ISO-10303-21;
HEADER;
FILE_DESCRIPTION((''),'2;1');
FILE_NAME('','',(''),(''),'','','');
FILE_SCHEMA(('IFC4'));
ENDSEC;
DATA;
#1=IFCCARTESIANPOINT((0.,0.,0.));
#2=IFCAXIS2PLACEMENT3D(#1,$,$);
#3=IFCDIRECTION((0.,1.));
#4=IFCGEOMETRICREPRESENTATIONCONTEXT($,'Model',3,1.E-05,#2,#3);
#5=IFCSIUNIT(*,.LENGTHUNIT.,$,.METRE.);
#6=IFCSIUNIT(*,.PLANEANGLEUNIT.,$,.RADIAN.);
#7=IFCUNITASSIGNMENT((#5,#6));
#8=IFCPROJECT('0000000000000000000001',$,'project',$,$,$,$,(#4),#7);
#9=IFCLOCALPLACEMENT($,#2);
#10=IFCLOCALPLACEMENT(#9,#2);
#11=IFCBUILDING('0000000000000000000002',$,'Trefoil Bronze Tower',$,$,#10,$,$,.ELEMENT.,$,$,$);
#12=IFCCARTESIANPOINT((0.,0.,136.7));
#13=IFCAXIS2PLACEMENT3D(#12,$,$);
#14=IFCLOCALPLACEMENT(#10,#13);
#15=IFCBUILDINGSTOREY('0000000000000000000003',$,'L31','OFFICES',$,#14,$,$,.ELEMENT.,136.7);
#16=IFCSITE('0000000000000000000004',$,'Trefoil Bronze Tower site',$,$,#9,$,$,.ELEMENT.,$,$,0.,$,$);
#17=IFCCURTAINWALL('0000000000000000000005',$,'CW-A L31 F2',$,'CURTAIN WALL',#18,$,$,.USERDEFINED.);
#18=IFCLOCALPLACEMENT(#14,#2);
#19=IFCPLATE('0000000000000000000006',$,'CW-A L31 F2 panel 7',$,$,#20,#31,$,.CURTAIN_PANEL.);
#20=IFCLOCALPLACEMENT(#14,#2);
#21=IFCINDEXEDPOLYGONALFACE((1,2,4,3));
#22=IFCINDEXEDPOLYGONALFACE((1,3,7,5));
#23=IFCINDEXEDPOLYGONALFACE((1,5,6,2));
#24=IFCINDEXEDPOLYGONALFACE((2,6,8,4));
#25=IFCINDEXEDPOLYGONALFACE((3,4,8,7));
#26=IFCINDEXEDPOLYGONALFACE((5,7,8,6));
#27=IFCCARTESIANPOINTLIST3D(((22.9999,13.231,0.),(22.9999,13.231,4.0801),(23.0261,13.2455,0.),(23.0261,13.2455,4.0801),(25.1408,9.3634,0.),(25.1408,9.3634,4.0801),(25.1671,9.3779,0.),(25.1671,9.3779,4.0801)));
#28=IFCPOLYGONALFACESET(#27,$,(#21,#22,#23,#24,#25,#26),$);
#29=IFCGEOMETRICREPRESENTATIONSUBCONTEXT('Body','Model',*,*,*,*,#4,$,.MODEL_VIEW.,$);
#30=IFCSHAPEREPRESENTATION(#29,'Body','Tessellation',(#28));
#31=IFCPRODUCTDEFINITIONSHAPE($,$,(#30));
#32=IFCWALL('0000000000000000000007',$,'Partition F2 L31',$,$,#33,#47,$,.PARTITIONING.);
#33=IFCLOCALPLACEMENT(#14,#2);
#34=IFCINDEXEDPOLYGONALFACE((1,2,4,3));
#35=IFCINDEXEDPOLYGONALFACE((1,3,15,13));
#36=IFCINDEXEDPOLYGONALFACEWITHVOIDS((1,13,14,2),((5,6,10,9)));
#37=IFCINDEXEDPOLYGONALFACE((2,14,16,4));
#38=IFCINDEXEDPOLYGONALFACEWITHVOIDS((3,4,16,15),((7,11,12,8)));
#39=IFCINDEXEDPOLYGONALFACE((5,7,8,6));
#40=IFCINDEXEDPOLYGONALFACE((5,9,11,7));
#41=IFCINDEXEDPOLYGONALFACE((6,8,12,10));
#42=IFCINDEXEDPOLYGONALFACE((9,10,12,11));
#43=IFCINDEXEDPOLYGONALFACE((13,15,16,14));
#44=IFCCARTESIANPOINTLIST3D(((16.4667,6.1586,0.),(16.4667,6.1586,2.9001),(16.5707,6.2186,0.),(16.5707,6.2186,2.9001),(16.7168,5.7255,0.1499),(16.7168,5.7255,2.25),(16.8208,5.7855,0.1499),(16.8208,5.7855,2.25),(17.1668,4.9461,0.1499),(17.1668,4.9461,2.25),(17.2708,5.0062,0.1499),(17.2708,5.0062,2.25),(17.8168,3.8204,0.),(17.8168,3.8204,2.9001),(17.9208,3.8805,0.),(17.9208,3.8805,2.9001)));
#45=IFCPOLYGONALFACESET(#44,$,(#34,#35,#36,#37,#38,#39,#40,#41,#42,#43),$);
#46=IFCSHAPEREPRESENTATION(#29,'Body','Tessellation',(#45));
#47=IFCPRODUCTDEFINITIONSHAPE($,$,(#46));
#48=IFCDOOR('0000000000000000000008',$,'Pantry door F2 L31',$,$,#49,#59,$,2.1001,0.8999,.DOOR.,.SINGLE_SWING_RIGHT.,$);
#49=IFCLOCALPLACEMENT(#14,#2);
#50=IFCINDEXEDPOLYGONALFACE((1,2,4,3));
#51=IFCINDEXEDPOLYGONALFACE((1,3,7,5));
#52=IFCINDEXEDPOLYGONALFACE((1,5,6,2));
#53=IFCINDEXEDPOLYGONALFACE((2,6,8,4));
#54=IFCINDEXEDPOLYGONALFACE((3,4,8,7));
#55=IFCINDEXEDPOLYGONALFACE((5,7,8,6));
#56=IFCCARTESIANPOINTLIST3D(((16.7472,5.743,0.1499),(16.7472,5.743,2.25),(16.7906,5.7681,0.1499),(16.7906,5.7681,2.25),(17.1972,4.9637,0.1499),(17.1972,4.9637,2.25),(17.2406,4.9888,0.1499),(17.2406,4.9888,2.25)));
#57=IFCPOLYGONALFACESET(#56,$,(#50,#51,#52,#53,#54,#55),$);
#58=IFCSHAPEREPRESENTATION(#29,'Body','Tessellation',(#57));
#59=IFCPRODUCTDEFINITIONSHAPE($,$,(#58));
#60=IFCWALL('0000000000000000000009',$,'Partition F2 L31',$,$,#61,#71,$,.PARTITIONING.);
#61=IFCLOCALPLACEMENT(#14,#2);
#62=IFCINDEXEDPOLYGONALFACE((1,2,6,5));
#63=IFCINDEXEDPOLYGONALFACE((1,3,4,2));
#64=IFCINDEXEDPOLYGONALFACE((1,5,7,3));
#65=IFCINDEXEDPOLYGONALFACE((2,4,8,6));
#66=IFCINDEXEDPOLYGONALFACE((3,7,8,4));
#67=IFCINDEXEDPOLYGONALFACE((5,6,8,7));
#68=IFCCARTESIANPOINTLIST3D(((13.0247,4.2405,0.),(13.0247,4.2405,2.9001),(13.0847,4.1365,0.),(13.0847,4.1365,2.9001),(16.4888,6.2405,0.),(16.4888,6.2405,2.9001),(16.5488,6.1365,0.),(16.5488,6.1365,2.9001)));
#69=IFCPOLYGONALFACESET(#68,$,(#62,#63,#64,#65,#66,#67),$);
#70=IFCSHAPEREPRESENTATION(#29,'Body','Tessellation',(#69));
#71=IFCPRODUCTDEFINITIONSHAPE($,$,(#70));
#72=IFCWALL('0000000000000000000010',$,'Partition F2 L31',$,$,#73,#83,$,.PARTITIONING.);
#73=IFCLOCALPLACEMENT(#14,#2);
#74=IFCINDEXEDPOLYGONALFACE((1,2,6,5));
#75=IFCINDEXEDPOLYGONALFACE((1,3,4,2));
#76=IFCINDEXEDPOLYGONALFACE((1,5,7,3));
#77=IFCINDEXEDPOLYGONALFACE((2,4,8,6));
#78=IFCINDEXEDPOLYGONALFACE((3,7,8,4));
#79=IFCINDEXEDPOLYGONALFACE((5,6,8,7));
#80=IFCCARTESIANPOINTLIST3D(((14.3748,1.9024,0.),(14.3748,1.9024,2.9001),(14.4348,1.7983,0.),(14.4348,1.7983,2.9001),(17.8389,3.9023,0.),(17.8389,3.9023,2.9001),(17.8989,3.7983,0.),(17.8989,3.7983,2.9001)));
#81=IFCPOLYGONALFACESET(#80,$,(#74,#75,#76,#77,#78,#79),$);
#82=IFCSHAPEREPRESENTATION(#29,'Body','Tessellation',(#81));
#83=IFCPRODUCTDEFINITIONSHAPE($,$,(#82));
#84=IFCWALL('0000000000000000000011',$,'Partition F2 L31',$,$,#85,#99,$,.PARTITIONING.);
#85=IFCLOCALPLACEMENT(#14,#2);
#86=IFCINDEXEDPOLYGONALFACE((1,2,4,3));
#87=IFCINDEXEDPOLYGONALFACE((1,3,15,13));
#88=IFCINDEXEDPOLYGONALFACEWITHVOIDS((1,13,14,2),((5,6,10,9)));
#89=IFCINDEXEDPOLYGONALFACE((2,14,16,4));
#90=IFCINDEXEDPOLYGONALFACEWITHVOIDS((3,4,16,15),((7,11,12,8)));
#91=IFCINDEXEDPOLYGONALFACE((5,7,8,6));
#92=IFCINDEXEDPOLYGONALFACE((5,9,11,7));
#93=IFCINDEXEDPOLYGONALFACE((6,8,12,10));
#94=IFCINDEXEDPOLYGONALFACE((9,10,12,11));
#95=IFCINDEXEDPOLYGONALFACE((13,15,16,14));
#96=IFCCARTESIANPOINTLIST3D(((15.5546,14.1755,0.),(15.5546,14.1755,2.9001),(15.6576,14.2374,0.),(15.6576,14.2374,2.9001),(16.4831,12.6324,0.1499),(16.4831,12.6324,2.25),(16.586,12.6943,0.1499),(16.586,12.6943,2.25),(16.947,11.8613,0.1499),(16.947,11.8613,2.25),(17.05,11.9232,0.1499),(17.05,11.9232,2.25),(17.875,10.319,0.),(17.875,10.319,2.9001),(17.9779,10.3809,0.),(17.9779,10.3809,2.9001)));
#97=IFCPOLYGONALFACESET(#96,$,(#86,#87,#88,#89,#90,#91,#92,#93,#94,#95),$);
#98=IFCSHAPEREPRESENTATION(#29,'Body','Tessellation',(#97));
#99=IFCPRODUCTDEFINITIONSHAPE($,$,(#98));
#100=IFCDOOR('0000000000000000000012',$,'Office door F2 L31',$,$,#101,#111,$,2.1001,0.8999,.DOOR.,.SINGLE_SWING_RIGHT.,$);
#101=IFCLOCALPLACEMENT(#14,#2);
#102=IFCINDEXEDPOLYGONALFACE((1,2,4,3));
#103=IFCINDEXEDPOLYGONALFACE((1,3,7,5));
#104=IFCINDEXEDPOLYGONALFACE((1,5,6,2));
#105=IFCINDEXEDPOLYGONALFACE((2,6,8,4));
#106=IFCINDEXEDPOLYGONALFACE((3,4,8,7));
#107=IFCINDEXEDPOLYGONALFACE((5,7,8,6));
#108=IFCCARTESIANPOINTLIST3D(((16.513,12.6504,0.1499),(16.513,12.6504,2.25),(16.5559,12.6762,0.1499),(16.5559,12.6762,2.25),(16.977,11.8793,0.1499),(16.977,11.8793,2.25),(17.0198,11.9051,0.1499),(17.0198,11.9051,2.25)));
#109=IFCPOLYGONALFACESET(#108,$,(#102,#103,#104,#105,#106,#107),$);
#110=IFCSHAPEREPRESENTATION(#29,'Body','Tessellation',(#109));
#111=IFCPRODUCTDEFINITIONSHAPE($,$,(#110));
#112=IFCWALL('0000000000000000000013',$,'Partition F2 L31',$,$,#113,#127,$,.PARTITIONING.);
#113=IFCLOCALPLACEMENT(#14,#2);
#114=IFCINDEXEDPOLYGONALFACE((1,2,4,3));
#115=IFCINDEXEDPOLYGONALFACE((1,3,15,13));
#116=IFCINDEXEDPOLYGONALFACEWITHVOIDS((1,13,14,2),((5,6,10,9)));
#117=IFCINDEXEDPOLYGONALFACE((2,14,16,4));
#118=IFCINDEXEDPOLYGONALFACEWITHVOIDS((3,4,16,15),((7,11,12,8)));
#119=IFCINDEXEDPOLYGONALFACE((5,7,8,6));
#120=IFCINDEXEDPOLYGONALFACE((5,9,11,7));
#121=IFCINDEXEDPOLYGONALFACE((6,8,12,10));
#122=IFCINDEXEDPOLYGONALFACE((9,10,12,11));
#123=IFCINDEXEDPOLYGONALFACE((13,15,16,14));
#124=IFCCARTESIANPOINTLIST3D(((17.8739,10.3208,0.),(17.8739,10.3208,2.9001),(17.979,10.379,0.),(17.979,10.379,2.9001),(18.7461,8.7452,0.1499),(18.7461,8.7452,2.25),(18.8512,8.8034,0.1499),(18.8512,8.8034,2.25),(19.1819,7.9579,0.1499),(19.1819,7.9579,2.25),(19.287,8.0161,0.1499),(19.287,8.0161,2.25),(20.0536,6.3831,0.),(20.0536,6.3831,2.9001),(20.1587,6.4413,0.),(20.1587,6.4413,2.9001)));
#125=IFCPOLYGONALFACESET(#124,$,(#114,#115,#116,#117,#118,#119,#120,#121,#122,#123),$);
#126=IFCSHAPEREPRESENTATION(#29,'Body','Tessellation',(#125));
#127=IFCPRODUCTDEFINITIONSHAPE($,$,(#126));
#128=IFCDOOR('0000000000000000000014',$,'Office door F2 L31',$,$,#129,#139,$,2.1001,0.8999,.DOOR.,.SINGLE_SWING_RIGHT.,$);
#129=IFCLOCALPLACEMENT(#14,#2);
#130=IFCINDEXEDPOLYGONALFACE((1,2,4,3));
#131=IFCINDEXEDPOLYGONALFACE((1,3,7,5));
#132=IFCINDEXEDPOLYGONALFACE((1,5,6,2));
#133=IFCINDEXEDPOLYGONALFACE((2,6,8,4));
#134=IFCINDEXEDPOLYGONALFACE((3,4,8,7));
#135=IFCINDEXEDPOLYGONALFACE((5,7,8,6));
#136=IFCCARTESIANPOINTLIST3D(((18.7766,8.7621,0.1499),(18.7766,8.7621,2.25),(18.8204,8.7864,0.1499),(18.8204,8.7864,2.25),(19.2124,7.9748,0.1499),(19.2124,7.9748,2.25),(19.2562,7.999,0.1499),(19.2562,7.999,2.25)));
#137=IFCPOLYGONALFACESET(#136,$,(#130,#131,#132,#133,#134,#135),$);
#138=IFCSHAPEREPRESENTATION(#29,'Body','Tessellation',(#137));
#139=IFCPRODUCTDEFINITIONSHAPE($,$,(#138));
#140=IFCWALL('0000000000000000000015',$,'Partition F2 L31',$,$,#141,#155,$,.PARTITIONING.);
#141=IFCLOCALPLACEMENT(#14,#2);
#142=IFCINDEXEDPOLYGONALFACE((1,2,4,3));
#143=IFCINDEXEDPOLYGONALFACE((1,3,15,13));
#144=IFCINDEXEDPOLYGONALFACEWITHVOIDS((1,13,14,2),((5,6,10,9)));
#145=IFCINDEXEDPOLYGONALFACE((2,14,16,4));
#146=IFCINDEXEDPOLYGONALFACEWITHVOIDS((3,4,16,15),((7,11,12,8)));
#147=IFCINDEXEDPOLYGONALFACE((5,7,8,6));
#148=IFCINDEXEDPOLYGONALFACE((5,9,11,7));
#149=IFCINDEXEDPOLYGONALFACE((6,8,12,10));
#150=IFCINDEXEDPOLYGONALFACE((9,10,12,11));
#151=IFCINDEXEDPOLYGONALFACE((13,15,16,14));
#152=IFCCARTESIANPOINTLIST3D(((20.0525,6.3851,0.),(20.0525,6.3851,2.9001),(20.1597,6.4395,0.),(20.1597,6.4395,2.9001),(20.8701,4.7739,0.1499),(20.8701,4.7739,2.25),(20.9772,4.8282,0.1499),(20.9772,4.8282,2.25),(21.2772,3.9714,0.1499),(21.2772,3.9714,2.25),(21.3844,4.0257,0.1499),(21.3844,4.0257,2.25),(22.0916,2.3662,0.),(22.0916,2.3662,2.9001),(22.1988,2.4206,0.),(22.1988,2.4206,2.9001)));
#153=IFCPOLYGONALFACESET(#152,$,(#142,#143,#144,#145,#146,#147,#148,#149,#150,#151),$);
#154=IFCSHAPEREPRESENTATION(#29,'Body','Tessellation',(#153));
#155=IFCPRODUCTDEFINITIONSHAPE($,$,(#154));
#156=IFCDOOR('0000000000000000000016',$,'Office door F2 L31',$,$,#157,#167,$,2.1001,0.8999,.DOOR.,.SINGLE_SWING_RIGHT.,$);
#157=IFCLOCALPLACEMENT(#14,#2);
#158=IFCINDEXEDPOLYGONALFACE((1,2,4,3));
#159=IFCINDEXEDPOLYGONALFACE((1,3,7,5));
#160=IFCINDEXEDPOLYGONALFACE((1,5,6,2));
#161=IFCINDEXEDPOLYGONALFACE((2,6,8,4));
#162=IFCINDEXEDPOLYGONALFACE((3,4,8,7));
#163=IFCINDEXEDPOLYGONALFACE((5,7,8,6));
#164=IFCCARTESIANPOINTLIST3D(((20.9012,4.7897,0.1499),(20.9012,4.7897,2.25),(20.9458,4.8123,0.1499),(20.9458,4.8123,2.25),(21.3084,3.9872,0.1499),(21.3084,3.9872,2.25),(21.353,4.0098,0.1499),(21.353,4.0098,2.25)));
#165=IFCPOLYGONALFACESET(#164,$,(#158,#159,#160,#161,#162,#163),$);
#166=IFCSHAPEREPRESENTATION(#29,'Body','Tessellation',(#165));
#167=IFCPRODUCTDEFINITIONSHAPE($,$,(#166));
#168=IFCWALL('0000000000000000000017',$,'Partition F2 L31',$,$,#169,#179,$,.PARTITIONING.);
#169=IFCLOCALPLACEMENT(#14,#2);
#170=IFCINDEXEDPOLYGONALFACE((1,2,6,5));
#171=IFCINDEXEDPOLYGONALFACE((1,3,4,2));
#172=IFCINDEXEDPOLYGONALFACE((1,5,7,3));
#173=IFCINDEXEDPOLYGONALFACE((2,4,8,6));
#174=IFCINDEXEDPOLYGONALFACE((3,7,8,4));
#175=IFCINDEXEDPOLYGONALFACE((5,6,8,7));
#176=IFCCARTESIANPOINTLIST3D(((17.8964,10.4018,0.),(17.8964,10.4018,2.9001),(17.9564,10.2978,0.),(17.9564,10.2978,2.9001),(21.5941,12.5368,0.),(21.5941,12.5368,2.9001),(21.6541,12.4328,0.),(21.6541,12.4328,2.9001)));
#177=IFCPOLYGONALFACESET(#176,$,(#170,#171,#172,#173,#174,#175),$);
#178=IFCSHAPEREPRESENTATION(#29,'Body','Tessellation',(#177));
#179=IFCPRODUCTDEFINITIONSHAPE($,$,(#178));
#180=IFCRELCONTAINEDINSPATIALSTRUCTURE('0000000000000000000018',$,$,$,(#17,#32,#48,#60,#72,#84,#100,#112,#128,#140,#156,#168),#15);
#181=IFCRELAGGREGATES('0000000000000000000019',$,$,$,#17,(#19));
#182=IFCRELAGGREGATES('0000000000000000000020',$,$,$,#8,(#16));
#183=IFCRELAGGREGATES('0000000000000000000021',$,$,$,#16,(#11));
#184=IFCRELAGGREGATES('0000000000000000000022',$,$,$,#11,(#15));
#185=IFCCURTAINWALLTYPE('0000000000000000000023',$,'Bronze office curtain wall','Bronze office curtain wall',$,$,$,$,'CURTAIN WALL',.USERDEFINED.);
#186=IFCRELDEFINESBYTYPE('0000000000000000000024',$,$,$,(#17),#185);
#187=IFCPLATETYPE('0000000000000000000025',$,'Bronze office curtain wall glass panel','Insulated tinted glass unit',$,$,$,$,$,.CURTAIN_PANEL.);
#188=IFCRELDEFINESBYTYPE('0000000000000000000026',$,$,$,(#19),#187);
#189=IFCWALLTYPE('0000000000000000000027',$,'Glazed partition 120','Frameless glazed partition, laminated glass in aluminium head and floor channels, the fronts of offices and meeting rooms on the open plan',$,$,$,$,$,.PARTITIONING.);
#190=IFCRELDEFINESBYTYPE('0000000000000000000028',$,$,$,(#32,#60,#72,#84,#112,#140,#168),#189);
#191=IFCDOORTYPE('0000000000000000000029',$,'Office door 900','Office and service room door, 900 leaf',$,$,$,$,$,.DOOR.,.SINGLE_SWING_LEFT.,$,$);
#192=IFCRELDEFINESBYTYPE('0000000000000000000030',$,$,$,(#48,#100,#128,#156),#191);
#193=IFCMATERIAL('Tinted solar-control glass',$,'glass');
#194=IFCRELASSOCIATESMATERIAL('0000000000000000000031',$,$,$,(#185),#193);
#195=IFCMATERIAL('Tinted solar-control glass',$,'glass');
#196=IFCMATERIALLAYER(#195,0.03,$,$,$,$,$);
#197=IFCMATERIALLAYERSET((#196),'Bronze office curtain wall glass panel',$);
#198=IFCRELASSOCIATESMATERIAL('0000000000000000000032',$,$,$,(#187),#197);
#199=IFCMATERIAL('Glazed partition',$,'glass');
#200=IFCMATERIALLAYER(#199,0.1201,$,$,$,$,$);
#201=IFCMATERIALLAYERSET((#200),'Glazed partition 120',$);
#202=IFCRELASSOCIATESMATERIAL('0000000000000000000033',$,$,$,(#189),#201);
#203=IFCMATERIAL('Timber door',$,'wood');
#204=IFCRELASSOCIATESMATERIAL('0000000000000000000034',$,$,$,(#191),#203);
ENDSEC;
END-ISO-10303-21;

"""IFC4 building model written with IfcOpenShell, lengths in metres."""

from ifc_helpers import new_model, si_unit, direction, frame, frame_2d, origin, origin_2d, place, context, subcontext, project, spatial, rectangle, extrude, material, layer, layer_set, type_object, element, fill, aggregate, save


model = new_model("IFC4")

# Units and contexts
model_context = context("Model", 3, precision=1e-05, world=origin(), true_north=direction((0.0, 1.0)))
body_context = subcontext(model_context, "Body", "Model", "MODEL_VIEW")
ifc_project = project(units=[si_unit("LENGTHUNIT", "METRE"), si_unit("PLANEANGLEUNIT", "RADIAN")], contexts=[model_context])

# Site, building, storey
site_placement = place(None, origin())
site = spatial("IfcSite", under=ifc_project, at=site_placement, Name="Trefoil Bronze Tower site", CompositionType="ELEMENT", RefElevation=0.0)
building_placement = place(site_placement, origin())
building = spatial("IfcBuilding", under=site, at=building_placement, Name="Trefoil Bronze Tower", CompositionType="ELEMENT")
storey_placement = place(building_placement, frame((0.0, 0.0, 136.7)))
storey = spatial("IfcBuildingStorey", under=building, at=storey_placement, Name="L31", Description="OFFICES", CompositionType="ELEMENT", Elevation=136.7)

# Curtain wall, plate
ifc_material_1 = material(Name="Tinted solar-control glass", Category="glass")
curtain_wall_type = type_object("IfcCurtainWallType", Name="Bronze office curtain wall", Description="Bronze office curtain wall", ElementType="CURTAIN WALL", PredefinedType="USERDEFINED", material=ifc_material_1)
curtain_wall_placement = place(storey_placement, origin())
curtain_wall = element("IfcCurtainWall", 1, at=curtain_wall_placement, inside=storey, type_object=curtain_wall_type, Name="CW-A L31 F2", ObjectType="CURTAIN WALL", PredefinedType="USERDEFINED")
ifc_material_2 = material(Name="Tinted solar-control glass", Category="glass")
ifc_layer_1 = layer(ifc_material_2, 0.03)
ifc_layer_set_1 = layer_set([ifc_layer_1], Name="Bronze office curtain wall glass panel")
plate_type = type_object("IfcPlateType", Name="Bronze office curtain wall glass panel", Description="Insulated tinted glass unit", PredefinedType="CURTAIN_PANEL", material=ifc_layer_set_1)
plate_placement = place(storey_placement, frame((24.0835, 11.3044, 0.0), z_axis=(0.0, 0.0, 1.0), x_axis=(-0.484312, 0.874895, 0.0)))
plate = element("IfcPlate", 2, at=plate_placement, type_object=plate_type, Name="CW-A L31 F2 panel 7", PredefinedType="CURTAIN_PANEL", context=body_context, shape_type="SweptSolid", body=[
    extrude(rectangle(XDim=4.4207, YDim=0.03, at=origin_2d()), origin(), (0.0, 0.0, 1.0), 4.0801),
])
aggregate(curtain_wall, [plate])

# Wall, opening, door
ifc_material_3 = material(Name="Glazed partition", Category="glass")
ifc_layer_2 = layer(ifc_material_3, 0.1201)
ifc_layer_set_2 = layer_set([ifc_layer_2], Name="Glazed partition 120")
wall_type = type_object("IfcWallType", Name="Glazed partition 120", Description="Frameless glazed partition, laminated glass in aluminium head and floor channels, the fronts of offices and meeting rooms on the open plan", PredefinedType="PARTITIONING", material=ifc_layer_set_2)
wall_1_placement = place(storey_placement, frame((17.8689, 3.8503, 0.0), z_axis=(0.0, 0.0, 1.0), x_axis=(-0.500049, 0.865997, 0.0)))
wall_1 = element("IfcWall", 3, at=wall_1_placement, inside=storey, type_object=wall_type, Name="Partition F2 L31", PredefinedType="PARTITIONING", context=body_context, shape_type="SweptSolid", body=[
    extrude(rectangle(XDim=2.7, YDim=0.1201, at=frame_2d((1.3501, 0.0))), origin(), (0.0, 0.0, 1.0), 2.9001),
])
opening_1_placement = place(wall_1_placement, frame((1.3, 0.0, 0.1499)))
opening_1 = element("IfcOpeningElement", 4, at=opening_1_placement, cuts=wall_1, PredefinedType="OPENING", context=body_context, shape_type="SweptSolid", body=[
    extrude(rectangle(XDim=0.8999, YDim=2.1001, at=frame_2d((0.45, 1.05))), frame((0.0, 0.0701, 0.0), z_axis=(0.0, -1.0, 0.0), x_axis=(1.0, 0.0, 0.0)), (0.0, 0.0, 1.0), 0.1401),
])
ifc_material_4 = material(Name="Timber door", Category="wood")
door_type = type_object("IfcDoorType", Name="Office door 900", Description="Office and service room door, 900 leaf", OperationType="SINGLE_SWING_LEFT", PredefinedType="DOOR", material=ifc_material_4)
door_1_placement = place(opening_1_placement, origin())
door_1 = element("IfcDoor", 5, at=door_1_placement, inside=storey, type_object=door_type, Name="Pantry door F2 L31", OperationType="SINGLE_SWING_RIGHT", OverallHeight=2.1001, OverallWidth=0.8999, PredefinedType="DOOR", context=body_context, shape_type="SweptSolid", body=[
    extrude(rectangle(XDim=0.8999, YDim=2.1001, at=frame_2d((0.45, 1.05))), frame((0.0, 0.0249, 0.0), z_axis=(0.0, -1.0, 0.0), x_axis=(1.0, 0.0, 0.0)), (0.0, 0.0, 1.0), 0.05),
])
fill(opening_1, door_1)

# Walls
for number, where, z_axis, x_axis, name in (
    (6, (13.0547, 4.1885, 0.0), (0.0, 0.0, 1.0), (0.866026, 0.499999, 0.0), "Partition F2 L31"),
    (7, (14.4048, 1.8503, 0.0), (0.0, 0.0, 1.0), (0.866026, 0.499999, 0.0), "Partition F2 L31"),
):
    element("IfcWall", number, at=place(storey_placement, frame(where, z_axis=z_axis, x_axis=x_axis)), inside=storey, type_object=wall_type, Name=name, PredefinedType="PARTITIONING", context=body_context, shape_type="SweptSolid", body=[
        extrude(rectangle(XDim=4.0, YDim=0.1201, at=frame_2d((2.0, 0.0))), origin(), (0.0, 0.0, 1.0), 2.9001),
    ])

# Walls, openings, doors
wall_2_placement = place(storey_placement, frame((17.9265, 10.3499, 0.0), z_axis=(0.0, 0.0, 1.0), x_axis=(-0.515548, 0.85686, 0.0)))
wall_2 = element("IfcWall", 8, at=wall_2_placement, inside=storey, type_object=wall_type, Name="Partition F2 L31", PredefinedType="PARTITIONING", context=body_context, shape_type="SweptSolid", body=[
    extrude(rectangle(XDim=4.5007, YDim=0.1201, at=frame_2d((2.2505, 0.0))), origin(), (0.0, 0.0, 1.0), 2.9001),
])
opening_2_placement = place(wall_2_placement, frame((1.8, 0.0, 0.1499)))
opening_2 = element("IfcOpeningElement", 9, at=opening_2_placement, cuts=wall_2, PredefinedType="OPENING", context=body_context, shape_type="SweptSolid", body=[
    extrude(rectangle(XDim=0.8999, YDim=2.1001, at=frame_2d((0.45, 1.05))), frame((0.0, 0.0701, 0.0), z_axis=(0.0, -1.0, 0.0), x_axis=(1.0, 0.0, 0.0)), (0.0, 0.0, 1.0), 0.1401),
])
door_2_placement = place(opening_2_placement, frame((0.8999, 0.0, 0.0), z_axis=(0.0, 0.0, 1.0), x_axis=(-1.0, 0.0, 0.0)))
door_2 = element("IfcDoor", 10, at=door_2_placement, inside=storey, type_object=door_type, Name="Office door F2 L31", OperationType="SINGLE_SWING_RIGHT", OverallHeight=2.1001, OverallWidth=0.8999, PredefinedType="DOOR", context=body_context, shape_type="SweptSolid", body=[
    extrude(rectangle(XDim=0.8999, YDim=2.1001, at=frame_2d((0.45, 1.05))), frame((0.0, 0.0249, 0.0), z_axis=(0.0, -1.0, 0.0), x_axis=(1.0, 0.0, 0.0)), (0.0, 0.0, 1.0), 0.05),
])
fill(opening_2, door_2)
wall_3_placement = place(storey_placement, frame((20.1062, 6.4121, 0.0), z_axis=(0.0, 0.0, 1.0), x_axis=(-0.484293, 0.874906, 0.0)))
wall_3 = element("IfcWall", 11, at=wall_3_placement, inside=storey, type_object=wall_type, Name="Partition F2 L31", PredefinedType="PARTITIONING", context=body_context, shape_type="SweptSolid", body=[
    extrude(rectangle(XDim=4.5007, YDim=0.1201, at=frame_2d((2.2505, 0.0))), origin(), (0.0, 0.0, 1.0), 2.9001),
])
opening_3_placement = place(wall_3_placement, frame((1.8, 0.0, 0.1499)))
opening_3 = element("IfcOpeningElement", 12, at=opening_3_placement, cuts=wall_3, PredefinedType="OPENING", context=body_context, shape_type="SweptSolid", body=[
    extrude(rectangle(XDim=0.8999, YDim=2.1001, at=frame_2d((0.45, 1.05))), frame((0.0, 0.0701, 0.0), z_axis=(0.0, -1.0, 0.0), x_axis=(1.0, 0.0, 0.0)), (0.0, 0.0, 1.0), 0.1401),
])
door_3_placement = place(opening_3_placement, frame((0.8999, 0.0, 0.0), z_axis=(0.0, 0.0, 1.0), x_axis=(-1.0, 0.0, 0.0)))
door_3 = element("IfcDoor", 13, at=door_3_placement, inside=storey, type_object=door_type, Name="Office door F2 L31", OperationType="SINGLE_SWING_RIGHT", OverallHeight=2.1001, OverallWidth=0.8999, PredefinedType="DOOR", context=body_context, shape_type="SweptSolid", body=[
    extrude(rectangle(XDim=0.8999, YDim=2.1001, at=frame_2d((0.45, 1.05))), frame((0.0, 0.0249, 0.0), z_axis=(0.0, -1.0, 0.0), x_axis=(1.0, 0.0, 0.0)), (0.0, 0.0, 1.0), 0.05),
])
fill(opening_3, door_3)
wall_4_placement = place(storey_placement, frame((22.1453, 2.3933, 0.0), z_axis=(0.0, 0.0, 1.0), x_axis=(-0.452472, 0.891779, 0.0)))
wall_4 = element("IfcWall", 14, at=wall_4_placement, inside=storey, type_object=wall_type, Name="Partition F2 L31", PredefinedType="PARTITIONING", context=body_context, shape_type="SweptSolid", body=[
    extrude(rectangle(XDim=4.5066, YDim=0.1201, at=frame_2d((2.2534, 0.0))), origin(), (0.0, 0.0, 1.0), 2.9001),
])
opening_4_placement = place(wall_4_placement, frame((1.8, 0.0, 0.1499)))
opening_4 = element("IfcOpeningElement", 15, at=opening_4_placement, cuts=wall_4, PredefinedType="OPENING", context=body_context, shape_type="SweptSolid", body=[
    extrude(rectangle(XDim=0.8999, YDim=2.1001, at=frame_2d((0.45, 1.05))), frame((0.0, 0.0701, 0.0), z_axis=(0.0, -1.0, 0.0), x_axis=(1.0, 0.0, 0.0)), (0.0, 0.0, 1.0), 0.1401),
])
door_4_placement = place(opening_4_placement, frame((0.8999, 0.0, 0.0), z_axis=(0.0, 0.0, 1.0), x_axis=(-1.0, 0.0, 0.0)))
door_4 = element("IfcDoor", 16, at=door_4_placement, inside=storey, type_object=door_type, Name="Office door F2 L31", OperationType="SINGLE_SWING_RIGHT", OverallHeight=2.1001, OverallWidth=0.8999, PredefinedType="DOOR", context=body_context, shape_type="SweptSolid", body=[
    extrude(rectangle(XDim=0.8999, YDim=2.1001, at=frame_2d((0.45, 1.05))), frame((0.0, 0.0249, 0.0), z_axis=(0.0, -1.0, 0.0), x_axis=(1.0, 0.0, 0.0)), (0.0, 0.0, 1.0), 0.05),
])
fill(opening_4, door_4)

# Wall
wall_5_placement = place(storey_placement, frame((17.9265, 10.3499, 0.0), z_axis=(0.0, 0.0, 1.0), x_axis=(0.866014, 0.500019, 0.0)))
element("IfcWall", 17, at=wall_5_placement, inside=storey, type_object=wall_type, Name="Partition F2 L31", PredefinedType="PARTITIONING", context=body_context, shape_type="SweptSolid", body=[
    extrude(rectangle(XDim=4.2698, YDim=0.1201, at=frame_2d((2.1348, 0.0))), origin(), (0.0, 0.0, 1.0), 2.9001),
])

save(model, "model.ifc")
